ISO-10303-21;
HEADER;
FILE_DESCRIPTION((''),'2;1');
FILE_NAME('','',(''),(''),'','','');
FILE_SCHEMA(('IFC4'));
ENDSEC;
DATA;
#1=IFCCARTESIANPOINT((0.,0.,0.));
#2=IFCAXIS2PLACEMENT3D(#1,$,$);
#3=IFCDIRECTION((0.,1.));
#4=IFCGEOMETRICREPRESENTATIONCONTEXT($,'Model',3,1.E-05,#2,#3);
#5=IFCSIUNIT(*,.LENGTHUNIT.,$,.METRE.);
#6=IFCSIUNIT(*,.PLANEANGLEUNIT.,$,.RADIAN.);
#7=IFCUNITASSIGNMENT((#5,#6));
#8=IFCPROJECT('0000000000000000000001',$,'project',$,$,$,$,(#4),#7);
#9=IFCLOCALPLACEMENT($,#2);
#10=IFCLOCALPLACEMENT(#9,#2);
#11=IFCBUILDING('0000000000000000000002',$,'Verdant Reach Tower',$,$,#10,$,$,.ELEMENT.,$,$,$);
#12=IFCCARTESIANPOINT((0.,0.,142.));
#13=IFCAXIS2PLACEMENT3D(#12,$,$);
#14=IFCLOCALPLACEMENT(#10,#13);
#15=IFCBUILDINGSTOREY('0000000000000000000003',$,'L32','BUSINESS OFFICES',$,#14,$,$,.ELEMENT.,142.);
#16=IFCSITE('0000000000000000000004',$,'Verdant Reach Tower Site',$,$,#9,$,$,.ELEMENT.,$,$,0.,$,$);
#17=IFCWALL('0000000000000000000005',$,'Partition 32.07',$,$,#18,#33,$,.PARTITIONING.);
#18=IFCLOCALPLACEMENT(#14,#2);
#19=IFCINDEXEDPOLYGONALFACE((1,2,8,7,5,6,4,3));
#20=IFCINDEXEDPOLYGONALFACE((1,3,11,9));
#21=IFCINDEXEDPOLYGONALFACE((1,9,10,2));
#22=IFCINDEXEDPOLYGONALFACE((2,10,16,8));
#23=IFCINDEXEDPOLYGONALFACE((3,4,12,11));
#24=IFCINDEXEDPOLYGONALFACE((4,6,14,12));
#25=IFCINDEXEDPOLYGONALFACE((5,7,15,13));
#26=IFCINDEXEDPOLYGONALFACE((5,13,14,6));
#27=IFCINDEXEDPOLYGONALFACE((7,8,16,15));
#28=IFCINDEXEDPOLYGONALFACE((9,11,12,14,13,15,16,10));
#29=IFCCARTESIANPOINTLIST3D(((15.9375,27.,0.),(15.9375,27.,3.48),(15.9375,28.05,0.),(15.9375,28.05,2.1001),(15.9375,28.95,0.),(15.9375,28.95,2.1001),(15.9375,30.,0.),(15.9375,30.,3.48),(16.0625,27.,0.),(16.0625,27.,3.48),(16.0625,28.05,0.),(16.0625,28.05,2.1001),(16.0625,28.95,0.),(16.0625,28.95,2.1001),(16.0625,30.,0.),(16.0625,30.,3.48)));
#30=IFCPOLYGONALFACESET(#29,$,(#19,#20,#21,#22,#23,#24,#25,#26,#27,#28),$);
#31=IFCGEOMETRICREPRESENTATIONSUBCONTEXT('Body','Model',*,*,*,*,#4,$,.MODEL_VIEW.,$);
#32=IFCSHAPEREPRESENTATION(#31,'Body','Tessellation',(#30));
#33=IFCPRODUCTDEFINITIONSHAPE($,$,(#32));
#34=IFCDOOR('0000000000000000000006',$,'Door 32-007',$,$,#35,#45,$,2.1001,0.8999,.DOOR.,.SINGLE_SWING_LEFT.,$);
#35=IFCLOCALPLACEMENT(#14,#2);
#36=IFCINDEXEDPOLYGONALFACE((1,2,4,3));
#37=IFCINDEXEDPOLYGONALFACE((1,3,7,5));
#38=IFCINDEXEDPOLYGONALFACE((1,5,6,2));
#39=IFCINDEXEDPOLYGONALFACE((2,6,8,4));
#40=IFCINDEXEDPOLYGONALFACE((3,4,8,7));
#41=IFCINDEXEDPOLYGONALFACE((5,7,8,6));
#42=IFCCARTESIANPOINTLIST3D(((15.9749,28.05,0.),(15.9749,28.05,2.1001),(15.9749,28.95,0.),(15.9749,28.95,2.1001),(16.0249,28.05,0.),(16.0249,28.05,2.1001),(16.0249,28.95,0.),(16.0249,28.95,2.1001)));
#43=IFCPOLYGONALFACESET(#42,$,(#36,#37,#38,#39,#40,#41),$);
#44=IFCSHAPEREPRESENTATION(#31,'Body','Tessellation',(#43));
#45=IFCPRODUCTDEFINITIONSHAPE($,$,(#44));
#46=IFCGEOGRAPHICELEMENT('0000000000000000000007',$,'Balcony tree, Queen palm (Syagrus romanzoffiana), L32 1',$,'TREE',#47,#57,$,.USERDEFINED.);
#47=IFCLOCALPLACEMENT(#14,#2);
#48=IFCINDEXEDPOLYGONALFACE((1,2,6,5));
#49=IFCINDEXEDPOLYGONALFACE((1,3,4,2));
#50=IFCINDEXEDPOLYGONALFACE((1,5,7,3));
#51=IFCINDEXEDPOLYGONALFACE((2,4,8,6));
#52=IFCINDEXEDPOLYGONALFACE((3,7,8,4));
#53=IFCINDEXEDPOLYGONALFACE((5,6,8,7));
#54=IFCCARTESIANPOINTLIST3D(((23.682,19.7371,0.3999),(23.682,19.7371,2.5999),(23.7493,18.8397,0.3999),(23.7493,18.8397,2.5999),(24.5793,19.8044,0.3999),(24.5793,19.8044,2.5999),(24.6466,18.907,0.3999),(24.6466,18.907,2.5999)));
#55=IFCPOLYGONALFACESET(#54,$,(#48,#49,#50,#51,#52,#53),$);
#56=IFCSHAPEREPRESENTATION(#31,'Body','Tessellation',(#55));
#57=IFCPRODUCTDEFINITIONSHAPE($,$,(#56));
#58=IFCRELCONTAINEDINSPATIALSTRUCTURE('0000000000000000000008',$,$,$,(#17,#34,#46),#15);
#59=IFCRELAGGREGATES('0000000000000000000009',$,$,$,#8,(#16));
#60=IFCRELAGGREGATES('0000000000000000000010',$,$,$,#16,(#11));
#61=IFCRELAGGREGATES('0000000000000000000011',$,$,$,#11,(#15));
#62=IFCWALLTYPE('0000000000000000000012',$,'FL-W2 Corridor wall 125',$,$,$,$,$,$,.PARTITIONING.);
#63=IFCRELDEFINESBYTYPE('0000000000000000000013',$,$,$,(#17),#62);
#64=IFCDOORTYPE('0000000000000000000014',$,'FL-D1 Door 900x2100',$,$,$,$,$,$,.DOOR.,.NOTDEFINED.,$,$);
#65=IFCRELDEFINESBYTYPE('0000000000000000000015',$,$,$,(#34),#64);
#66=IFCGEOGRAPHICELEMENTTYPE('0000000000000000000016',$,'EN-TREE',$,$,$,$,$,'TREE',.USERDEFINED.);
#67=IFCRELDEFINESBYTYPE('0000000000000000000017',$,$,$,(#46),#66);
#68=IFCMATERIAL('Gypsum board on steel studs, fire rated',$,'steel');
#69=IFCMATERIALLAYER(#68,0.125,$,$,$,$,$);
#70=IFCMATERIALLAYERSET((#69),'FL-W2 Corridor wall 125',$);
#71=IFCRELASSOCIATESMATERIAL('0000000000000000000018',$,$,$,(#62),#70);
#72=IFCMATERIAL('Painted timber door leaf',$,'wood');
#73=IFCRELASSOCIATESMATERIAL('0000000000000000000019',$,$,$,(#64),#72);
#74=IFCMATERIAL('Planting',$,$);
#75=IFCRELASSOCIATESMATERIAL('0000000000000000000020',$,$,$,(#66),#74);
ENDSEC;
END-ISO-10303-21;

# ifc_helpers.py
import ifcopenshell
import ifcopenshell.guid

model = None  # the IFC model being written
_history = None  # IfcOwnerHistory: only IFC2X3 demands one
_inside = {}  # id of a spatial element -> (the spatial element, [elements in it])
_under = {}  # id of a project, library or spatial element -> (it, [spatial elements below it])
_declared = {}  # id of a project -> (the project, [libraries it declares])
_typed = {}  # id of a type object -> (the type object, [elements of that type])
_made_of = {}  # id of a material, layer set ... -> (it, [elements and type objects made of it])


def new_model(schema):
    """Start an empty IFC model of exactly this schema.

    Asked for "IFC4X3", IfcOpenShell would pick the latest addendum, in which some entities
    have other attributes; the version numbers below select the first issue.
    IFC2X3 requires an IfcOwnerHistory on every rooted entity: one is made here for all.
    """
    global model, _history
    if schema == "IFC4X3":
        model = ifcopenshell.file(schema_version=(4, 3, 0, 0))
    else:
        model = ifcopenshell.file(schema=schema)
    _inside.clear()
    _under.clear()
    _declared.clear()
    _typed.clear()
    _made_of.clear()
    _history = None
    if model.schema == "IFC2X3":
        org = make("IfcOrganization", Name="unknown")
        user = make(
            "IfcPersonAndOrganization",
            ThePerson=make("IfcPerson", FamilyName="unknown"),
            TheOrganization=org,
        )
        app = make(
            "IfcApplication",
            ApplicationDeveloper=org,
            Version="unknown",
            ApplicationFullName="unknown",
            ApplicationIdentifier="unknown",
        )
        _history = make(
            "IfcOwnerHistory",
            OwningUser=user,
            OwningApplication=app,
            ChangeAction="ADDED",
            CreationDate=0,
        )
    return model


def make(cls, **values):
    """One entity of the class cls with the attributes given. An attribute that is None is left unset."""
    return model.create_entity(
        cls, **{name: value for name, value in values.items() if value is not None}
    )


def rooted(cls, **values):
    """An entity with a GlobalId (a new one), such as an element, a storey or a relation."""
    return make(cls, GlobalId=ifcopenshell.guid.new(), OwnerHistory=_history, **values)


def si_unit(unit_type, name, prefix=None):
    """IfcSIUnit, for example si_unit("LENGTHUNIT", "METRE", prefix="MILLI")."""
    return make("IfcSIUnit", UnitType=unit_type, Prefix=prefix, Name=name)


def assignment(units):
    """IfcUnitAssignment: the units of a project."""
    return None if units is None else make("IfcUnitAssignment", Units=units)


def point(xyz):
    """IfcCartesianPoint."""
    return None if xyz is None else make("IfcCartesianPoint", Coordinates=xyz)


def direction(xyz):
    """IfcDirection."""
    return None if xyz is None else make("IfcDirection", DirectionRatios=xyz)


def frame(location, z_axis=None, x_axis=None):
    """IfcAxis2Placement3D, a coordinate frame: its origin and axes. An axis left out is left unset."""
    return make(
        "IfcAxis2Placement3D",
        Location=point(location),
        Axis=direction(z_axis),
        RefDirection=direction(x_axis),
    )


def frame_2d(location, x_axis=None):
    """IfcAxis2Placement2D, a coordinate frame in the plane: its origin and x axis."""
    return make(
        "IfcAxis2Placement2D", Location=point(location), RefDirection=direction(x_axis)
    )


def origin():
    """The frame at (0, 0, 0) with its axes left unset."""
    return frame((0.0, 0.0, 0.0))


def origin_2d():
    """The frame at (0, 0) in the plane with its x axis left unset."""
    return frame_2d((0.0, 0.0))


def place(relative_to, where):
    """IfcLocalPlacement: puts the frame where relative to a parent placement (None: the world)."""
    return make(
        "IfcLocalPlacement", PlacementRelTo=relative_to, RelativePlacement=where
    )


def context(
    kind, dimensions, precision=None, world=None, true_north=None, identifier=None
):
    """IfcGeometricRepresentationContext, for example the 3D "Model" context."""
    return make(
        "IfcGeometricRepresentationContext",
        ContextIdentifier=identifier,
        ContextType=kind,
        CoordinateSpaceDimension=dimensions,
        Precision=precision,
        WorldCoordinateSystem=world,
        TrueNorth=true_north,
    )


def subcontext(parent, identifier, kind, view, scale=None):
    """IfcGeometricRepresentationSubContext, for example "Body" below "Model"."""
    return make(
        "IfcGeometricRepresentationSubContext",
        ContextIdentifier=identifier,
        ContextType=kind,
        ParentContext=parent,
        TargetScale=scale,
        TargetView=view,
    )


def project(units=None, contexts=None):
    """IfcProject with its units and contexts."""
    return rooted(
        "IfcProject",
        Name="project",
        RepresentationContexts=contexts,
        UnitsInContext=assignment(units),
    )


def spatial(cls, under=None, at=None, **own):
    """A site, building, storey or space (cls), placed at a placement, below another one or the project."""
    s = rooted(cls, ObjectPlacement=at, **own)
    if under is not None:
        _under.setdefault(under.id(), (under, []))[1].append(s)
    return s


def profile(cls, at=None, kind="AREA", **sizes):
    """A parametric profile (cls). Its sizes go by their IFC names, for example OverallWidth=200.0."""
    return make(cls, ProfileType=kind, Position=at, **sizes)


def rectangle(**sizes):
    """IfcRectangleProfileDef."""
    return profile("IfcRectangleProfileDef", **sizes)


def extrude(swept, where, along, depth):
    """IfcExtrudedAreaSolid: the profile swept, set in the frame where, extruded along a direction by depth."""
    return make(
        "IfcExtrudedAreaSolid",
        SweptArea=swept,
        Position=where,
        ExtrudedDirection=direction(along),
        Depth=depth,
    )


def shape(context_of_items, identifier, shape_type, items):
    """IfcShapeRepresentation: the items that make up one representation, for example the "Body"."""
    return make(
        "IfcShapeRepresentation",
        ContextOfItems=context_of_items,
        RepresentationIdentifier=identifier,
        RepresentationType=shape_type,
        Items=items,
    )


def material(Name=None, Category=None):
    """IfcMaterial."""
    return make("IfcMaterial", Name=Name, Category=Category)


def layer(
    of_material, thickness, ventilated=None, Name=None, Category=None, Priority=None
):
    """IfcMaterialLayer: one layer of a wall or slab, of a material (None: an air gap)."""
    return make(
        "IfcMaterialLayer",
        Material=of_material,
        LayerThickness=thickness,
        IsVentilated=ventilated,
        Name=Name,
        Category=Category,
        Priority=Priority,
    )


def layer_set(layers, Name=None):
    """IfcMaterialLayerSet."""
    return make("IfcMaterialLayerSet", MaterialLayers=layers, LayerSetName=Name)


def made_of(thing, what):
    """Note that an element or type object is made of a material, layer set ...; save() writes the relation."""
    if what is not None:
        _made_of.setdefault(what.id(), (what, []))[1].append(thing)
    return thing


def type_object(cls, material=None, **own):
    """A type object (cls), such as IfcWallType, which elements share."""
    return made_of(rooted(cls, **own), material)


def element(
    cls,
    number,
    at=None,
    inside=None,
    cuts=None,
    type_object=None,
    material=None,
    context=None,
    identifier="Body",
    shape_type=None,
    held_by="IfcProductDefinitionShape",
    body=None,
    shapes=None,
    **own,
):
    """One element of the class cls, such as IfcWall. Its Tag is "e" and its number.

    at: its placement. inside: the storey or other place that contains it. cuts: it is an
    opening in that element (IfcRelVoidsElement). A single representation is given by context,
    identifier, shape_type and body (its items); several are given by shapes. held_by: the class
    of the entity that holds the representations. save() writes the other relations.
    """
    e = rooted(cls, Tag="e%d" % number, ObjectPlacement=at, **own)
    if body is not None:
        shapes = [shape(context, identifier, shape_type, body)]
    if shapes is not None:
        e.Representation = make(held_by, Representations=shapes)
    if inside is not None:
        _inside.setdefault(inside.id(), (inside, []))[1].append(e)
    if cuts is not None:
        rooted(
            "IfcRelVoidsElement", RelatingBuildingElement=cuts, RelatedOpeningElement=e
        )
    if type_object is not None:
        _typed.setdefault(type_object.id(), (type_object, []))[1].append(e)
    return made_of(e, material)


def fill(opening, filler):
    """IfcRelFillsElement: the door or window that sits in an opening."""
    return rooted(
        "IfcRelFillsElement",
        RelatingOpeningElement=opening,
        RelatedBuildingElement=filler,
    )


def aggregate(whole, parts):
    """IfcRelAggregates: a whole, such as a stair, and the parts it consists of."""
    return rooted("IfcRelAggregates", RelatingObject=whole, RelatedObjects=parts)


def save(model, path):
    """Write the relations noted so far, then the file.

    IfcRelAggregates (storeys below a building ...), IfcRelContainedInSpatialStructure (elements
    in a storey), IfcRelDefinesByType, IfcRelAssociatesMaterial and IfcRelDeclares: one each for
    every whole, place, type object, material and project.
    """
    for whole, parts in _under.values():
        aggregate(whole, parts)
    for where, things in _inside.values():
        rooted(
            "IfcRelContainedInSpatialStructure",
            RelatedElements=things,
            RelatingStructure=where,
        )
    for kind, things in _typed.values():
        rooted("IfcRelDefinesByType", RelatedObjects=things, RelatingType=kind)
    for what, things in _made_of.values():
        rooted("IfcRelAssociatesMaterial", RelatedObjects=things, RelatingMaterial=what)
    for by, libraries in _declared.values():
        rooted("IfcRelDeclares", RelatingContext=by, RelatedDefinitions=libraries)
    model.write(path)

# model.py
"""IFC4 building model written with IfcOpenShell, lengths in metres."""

from ifc_helpers import new_model, si_unit, direction, frame, frame_2d, origin, origin_2d, place, context, subcontext, project, spatial, rectangle, extrude, material, layer, layer_set, type_object, element, fill, save


model = new_model("IFC4")

# Units and contexts
model_context = context("Model", 3, precision=1e-05, world=origin(), true_north=direction((0.0, 1.0)))
body_context = subcontext(model_context, "Body", "Model", "MODEL_VIEW")
ifc_project = project(units=[si_unit("LENGTHUNIT", "METRE"), si_unit("PLANEANGLEUNIT", "RADIAN")], contexts=[model_context])

# Site, building, storey
site_placement = place(None, origin())
site = spatial("IfcSite", under=ifc_project, at=site_placement, Name="Verdant Reach Tower Site", CompositionType="ELEMENT", RefElevation=0.0)
building_placement = place(site_placement, origin())
building = spatial("IfcBuilding", under=site, at=building_placement, Name="Verdant Reach Tower", CompositionType="ELEMENT")
storey_placement = place(building_placement, frame((0.0, 0.0, 142.0)))
storey = spatial("IfcBuildingStorey", under=building, at=storey_placement, Name="L32", Description="BUSINESS OFFICES", CompositionType="ELEMENT", Elevation=142.0)

# Wall, opening, door
ifc_material_1 = material(Name="Gypsum board on steel studs, fire rated", Category="steel")
ifc_layer_1 = layer(ifc_material_1, 0.125)
ifc_layer_set_1 = layer_set([ifc_layer_1], Name="FL-W2 Corridor wall 125")
wall_type_1 = type_object("IfcWallType", Name="FL-W2 Corridor wall 125", PredefinedType="PARTITIONING", material=ifc_layer_set_1)
ifc_material_2 = material(Name="Painted timber door leaf", Category="wood")
door_type_1 = type_object("IfcDoorType", Name="FL-D1 Door 900x2100", OperationType="NOTDEFINED", PredefinedType="DOOR", material=ifc_material_2)
wall_1_placement = place(storey_placement, frame((16.0, 30.0, 0.0), z_axis=(0.0, 0.0, 1.0), x_axis=(0.0, -1.0, 0.0)))
wall_1 = element("IfcWall", 1, at=wall_1_placement, inside=storey, type_object=wall_type_1, Name="Partition 32.07", PredefinedType="PARTITIONING", context=body_context, shape_type="SweptSolid", body=[
    extrude(rectangle(XDim=3.0, YDim=0.125, at=frame_2d((1.5, 0.0))), origin(), (0.0, 0.0, 1.0), 3.48),
])
opening_1_placement = place(wall_1_placement, frame((1.05, 0.0, 0.0)))
opening_1 = element("IfcOpeningElement", 2, at=opening_1_placement, cuts=wall_1, PredefinedType="OPENING", context=body_context, shape_type="SweptSolid", body=[
    extrude(rectangle(XDim=0.8999, YDim=2.1001, at=frame_2d((0.45, 1.05))), frame((0.0, 0.0725, 0.0), z_axis=(0.0, -1.0, 0.0), x_axis=(1.0, 0.0, 0.0)), (0.0, 0.0, 1.0), 0.145),
])
door_1_placement = place(opening_1_placement, origin())
door_1 = element("IfcDoor", 3, at=door_1_placement, inside=storey, type_object=door_type_1, Name="Door 32-007", OperationType="SINGLE_SWING_LEFT", OverallHeight=2.1001, OverallWidth=0.8999, PredefinedType="DOOR", context=body_context, shape_type="SweptSolid", body=[
    extrude(rectangle(XDim=0.8999, YDim=2.1001, at=frame_2d((0.45, 1.05))), frame((0.0, 0.0249, 0.0), z_axis=(0.0, -1.0, 0.0), x_axis=(1.0, 0.0, 0.0)), (0.0, 0.0, 1.0), 0.05),
])
fill(opening_1, door_1)

# Geographic element
ifc_material_3 = material(Name="Planting")
geographic_element_type = type_object("IfcGeographicElementType", Name="EN-TREE", ElementType="TREE", PredefinedType="USERDEFINED", material=ifc_material_3)
geographic_element_placement = place(storey_placement, frame((24.1643, 19.322, 0.3999), z_axis=(0.0, 0.0, 1.0), x_axis=(-0.07479, 0.997199, 0.0)))
element("IfcGeographicElement", 4, at=geographic_element_placement, inside=storey, type_object=geographic_element_type, Name="Balcony tree, Queen palm (Syagrus romanzoffiana), L32 1", ObjectType="TREE", PredefinedType="USERDEFINED", context=body_context, shape_type="SweptSolid", body=[
    extrude(rectangle(XDim=0.8999, YDim=0.8999, at=origin_2d()), origin(), (0.0, 0.0, 1.0), 2.2),
])

save(model, "model.ifc")
